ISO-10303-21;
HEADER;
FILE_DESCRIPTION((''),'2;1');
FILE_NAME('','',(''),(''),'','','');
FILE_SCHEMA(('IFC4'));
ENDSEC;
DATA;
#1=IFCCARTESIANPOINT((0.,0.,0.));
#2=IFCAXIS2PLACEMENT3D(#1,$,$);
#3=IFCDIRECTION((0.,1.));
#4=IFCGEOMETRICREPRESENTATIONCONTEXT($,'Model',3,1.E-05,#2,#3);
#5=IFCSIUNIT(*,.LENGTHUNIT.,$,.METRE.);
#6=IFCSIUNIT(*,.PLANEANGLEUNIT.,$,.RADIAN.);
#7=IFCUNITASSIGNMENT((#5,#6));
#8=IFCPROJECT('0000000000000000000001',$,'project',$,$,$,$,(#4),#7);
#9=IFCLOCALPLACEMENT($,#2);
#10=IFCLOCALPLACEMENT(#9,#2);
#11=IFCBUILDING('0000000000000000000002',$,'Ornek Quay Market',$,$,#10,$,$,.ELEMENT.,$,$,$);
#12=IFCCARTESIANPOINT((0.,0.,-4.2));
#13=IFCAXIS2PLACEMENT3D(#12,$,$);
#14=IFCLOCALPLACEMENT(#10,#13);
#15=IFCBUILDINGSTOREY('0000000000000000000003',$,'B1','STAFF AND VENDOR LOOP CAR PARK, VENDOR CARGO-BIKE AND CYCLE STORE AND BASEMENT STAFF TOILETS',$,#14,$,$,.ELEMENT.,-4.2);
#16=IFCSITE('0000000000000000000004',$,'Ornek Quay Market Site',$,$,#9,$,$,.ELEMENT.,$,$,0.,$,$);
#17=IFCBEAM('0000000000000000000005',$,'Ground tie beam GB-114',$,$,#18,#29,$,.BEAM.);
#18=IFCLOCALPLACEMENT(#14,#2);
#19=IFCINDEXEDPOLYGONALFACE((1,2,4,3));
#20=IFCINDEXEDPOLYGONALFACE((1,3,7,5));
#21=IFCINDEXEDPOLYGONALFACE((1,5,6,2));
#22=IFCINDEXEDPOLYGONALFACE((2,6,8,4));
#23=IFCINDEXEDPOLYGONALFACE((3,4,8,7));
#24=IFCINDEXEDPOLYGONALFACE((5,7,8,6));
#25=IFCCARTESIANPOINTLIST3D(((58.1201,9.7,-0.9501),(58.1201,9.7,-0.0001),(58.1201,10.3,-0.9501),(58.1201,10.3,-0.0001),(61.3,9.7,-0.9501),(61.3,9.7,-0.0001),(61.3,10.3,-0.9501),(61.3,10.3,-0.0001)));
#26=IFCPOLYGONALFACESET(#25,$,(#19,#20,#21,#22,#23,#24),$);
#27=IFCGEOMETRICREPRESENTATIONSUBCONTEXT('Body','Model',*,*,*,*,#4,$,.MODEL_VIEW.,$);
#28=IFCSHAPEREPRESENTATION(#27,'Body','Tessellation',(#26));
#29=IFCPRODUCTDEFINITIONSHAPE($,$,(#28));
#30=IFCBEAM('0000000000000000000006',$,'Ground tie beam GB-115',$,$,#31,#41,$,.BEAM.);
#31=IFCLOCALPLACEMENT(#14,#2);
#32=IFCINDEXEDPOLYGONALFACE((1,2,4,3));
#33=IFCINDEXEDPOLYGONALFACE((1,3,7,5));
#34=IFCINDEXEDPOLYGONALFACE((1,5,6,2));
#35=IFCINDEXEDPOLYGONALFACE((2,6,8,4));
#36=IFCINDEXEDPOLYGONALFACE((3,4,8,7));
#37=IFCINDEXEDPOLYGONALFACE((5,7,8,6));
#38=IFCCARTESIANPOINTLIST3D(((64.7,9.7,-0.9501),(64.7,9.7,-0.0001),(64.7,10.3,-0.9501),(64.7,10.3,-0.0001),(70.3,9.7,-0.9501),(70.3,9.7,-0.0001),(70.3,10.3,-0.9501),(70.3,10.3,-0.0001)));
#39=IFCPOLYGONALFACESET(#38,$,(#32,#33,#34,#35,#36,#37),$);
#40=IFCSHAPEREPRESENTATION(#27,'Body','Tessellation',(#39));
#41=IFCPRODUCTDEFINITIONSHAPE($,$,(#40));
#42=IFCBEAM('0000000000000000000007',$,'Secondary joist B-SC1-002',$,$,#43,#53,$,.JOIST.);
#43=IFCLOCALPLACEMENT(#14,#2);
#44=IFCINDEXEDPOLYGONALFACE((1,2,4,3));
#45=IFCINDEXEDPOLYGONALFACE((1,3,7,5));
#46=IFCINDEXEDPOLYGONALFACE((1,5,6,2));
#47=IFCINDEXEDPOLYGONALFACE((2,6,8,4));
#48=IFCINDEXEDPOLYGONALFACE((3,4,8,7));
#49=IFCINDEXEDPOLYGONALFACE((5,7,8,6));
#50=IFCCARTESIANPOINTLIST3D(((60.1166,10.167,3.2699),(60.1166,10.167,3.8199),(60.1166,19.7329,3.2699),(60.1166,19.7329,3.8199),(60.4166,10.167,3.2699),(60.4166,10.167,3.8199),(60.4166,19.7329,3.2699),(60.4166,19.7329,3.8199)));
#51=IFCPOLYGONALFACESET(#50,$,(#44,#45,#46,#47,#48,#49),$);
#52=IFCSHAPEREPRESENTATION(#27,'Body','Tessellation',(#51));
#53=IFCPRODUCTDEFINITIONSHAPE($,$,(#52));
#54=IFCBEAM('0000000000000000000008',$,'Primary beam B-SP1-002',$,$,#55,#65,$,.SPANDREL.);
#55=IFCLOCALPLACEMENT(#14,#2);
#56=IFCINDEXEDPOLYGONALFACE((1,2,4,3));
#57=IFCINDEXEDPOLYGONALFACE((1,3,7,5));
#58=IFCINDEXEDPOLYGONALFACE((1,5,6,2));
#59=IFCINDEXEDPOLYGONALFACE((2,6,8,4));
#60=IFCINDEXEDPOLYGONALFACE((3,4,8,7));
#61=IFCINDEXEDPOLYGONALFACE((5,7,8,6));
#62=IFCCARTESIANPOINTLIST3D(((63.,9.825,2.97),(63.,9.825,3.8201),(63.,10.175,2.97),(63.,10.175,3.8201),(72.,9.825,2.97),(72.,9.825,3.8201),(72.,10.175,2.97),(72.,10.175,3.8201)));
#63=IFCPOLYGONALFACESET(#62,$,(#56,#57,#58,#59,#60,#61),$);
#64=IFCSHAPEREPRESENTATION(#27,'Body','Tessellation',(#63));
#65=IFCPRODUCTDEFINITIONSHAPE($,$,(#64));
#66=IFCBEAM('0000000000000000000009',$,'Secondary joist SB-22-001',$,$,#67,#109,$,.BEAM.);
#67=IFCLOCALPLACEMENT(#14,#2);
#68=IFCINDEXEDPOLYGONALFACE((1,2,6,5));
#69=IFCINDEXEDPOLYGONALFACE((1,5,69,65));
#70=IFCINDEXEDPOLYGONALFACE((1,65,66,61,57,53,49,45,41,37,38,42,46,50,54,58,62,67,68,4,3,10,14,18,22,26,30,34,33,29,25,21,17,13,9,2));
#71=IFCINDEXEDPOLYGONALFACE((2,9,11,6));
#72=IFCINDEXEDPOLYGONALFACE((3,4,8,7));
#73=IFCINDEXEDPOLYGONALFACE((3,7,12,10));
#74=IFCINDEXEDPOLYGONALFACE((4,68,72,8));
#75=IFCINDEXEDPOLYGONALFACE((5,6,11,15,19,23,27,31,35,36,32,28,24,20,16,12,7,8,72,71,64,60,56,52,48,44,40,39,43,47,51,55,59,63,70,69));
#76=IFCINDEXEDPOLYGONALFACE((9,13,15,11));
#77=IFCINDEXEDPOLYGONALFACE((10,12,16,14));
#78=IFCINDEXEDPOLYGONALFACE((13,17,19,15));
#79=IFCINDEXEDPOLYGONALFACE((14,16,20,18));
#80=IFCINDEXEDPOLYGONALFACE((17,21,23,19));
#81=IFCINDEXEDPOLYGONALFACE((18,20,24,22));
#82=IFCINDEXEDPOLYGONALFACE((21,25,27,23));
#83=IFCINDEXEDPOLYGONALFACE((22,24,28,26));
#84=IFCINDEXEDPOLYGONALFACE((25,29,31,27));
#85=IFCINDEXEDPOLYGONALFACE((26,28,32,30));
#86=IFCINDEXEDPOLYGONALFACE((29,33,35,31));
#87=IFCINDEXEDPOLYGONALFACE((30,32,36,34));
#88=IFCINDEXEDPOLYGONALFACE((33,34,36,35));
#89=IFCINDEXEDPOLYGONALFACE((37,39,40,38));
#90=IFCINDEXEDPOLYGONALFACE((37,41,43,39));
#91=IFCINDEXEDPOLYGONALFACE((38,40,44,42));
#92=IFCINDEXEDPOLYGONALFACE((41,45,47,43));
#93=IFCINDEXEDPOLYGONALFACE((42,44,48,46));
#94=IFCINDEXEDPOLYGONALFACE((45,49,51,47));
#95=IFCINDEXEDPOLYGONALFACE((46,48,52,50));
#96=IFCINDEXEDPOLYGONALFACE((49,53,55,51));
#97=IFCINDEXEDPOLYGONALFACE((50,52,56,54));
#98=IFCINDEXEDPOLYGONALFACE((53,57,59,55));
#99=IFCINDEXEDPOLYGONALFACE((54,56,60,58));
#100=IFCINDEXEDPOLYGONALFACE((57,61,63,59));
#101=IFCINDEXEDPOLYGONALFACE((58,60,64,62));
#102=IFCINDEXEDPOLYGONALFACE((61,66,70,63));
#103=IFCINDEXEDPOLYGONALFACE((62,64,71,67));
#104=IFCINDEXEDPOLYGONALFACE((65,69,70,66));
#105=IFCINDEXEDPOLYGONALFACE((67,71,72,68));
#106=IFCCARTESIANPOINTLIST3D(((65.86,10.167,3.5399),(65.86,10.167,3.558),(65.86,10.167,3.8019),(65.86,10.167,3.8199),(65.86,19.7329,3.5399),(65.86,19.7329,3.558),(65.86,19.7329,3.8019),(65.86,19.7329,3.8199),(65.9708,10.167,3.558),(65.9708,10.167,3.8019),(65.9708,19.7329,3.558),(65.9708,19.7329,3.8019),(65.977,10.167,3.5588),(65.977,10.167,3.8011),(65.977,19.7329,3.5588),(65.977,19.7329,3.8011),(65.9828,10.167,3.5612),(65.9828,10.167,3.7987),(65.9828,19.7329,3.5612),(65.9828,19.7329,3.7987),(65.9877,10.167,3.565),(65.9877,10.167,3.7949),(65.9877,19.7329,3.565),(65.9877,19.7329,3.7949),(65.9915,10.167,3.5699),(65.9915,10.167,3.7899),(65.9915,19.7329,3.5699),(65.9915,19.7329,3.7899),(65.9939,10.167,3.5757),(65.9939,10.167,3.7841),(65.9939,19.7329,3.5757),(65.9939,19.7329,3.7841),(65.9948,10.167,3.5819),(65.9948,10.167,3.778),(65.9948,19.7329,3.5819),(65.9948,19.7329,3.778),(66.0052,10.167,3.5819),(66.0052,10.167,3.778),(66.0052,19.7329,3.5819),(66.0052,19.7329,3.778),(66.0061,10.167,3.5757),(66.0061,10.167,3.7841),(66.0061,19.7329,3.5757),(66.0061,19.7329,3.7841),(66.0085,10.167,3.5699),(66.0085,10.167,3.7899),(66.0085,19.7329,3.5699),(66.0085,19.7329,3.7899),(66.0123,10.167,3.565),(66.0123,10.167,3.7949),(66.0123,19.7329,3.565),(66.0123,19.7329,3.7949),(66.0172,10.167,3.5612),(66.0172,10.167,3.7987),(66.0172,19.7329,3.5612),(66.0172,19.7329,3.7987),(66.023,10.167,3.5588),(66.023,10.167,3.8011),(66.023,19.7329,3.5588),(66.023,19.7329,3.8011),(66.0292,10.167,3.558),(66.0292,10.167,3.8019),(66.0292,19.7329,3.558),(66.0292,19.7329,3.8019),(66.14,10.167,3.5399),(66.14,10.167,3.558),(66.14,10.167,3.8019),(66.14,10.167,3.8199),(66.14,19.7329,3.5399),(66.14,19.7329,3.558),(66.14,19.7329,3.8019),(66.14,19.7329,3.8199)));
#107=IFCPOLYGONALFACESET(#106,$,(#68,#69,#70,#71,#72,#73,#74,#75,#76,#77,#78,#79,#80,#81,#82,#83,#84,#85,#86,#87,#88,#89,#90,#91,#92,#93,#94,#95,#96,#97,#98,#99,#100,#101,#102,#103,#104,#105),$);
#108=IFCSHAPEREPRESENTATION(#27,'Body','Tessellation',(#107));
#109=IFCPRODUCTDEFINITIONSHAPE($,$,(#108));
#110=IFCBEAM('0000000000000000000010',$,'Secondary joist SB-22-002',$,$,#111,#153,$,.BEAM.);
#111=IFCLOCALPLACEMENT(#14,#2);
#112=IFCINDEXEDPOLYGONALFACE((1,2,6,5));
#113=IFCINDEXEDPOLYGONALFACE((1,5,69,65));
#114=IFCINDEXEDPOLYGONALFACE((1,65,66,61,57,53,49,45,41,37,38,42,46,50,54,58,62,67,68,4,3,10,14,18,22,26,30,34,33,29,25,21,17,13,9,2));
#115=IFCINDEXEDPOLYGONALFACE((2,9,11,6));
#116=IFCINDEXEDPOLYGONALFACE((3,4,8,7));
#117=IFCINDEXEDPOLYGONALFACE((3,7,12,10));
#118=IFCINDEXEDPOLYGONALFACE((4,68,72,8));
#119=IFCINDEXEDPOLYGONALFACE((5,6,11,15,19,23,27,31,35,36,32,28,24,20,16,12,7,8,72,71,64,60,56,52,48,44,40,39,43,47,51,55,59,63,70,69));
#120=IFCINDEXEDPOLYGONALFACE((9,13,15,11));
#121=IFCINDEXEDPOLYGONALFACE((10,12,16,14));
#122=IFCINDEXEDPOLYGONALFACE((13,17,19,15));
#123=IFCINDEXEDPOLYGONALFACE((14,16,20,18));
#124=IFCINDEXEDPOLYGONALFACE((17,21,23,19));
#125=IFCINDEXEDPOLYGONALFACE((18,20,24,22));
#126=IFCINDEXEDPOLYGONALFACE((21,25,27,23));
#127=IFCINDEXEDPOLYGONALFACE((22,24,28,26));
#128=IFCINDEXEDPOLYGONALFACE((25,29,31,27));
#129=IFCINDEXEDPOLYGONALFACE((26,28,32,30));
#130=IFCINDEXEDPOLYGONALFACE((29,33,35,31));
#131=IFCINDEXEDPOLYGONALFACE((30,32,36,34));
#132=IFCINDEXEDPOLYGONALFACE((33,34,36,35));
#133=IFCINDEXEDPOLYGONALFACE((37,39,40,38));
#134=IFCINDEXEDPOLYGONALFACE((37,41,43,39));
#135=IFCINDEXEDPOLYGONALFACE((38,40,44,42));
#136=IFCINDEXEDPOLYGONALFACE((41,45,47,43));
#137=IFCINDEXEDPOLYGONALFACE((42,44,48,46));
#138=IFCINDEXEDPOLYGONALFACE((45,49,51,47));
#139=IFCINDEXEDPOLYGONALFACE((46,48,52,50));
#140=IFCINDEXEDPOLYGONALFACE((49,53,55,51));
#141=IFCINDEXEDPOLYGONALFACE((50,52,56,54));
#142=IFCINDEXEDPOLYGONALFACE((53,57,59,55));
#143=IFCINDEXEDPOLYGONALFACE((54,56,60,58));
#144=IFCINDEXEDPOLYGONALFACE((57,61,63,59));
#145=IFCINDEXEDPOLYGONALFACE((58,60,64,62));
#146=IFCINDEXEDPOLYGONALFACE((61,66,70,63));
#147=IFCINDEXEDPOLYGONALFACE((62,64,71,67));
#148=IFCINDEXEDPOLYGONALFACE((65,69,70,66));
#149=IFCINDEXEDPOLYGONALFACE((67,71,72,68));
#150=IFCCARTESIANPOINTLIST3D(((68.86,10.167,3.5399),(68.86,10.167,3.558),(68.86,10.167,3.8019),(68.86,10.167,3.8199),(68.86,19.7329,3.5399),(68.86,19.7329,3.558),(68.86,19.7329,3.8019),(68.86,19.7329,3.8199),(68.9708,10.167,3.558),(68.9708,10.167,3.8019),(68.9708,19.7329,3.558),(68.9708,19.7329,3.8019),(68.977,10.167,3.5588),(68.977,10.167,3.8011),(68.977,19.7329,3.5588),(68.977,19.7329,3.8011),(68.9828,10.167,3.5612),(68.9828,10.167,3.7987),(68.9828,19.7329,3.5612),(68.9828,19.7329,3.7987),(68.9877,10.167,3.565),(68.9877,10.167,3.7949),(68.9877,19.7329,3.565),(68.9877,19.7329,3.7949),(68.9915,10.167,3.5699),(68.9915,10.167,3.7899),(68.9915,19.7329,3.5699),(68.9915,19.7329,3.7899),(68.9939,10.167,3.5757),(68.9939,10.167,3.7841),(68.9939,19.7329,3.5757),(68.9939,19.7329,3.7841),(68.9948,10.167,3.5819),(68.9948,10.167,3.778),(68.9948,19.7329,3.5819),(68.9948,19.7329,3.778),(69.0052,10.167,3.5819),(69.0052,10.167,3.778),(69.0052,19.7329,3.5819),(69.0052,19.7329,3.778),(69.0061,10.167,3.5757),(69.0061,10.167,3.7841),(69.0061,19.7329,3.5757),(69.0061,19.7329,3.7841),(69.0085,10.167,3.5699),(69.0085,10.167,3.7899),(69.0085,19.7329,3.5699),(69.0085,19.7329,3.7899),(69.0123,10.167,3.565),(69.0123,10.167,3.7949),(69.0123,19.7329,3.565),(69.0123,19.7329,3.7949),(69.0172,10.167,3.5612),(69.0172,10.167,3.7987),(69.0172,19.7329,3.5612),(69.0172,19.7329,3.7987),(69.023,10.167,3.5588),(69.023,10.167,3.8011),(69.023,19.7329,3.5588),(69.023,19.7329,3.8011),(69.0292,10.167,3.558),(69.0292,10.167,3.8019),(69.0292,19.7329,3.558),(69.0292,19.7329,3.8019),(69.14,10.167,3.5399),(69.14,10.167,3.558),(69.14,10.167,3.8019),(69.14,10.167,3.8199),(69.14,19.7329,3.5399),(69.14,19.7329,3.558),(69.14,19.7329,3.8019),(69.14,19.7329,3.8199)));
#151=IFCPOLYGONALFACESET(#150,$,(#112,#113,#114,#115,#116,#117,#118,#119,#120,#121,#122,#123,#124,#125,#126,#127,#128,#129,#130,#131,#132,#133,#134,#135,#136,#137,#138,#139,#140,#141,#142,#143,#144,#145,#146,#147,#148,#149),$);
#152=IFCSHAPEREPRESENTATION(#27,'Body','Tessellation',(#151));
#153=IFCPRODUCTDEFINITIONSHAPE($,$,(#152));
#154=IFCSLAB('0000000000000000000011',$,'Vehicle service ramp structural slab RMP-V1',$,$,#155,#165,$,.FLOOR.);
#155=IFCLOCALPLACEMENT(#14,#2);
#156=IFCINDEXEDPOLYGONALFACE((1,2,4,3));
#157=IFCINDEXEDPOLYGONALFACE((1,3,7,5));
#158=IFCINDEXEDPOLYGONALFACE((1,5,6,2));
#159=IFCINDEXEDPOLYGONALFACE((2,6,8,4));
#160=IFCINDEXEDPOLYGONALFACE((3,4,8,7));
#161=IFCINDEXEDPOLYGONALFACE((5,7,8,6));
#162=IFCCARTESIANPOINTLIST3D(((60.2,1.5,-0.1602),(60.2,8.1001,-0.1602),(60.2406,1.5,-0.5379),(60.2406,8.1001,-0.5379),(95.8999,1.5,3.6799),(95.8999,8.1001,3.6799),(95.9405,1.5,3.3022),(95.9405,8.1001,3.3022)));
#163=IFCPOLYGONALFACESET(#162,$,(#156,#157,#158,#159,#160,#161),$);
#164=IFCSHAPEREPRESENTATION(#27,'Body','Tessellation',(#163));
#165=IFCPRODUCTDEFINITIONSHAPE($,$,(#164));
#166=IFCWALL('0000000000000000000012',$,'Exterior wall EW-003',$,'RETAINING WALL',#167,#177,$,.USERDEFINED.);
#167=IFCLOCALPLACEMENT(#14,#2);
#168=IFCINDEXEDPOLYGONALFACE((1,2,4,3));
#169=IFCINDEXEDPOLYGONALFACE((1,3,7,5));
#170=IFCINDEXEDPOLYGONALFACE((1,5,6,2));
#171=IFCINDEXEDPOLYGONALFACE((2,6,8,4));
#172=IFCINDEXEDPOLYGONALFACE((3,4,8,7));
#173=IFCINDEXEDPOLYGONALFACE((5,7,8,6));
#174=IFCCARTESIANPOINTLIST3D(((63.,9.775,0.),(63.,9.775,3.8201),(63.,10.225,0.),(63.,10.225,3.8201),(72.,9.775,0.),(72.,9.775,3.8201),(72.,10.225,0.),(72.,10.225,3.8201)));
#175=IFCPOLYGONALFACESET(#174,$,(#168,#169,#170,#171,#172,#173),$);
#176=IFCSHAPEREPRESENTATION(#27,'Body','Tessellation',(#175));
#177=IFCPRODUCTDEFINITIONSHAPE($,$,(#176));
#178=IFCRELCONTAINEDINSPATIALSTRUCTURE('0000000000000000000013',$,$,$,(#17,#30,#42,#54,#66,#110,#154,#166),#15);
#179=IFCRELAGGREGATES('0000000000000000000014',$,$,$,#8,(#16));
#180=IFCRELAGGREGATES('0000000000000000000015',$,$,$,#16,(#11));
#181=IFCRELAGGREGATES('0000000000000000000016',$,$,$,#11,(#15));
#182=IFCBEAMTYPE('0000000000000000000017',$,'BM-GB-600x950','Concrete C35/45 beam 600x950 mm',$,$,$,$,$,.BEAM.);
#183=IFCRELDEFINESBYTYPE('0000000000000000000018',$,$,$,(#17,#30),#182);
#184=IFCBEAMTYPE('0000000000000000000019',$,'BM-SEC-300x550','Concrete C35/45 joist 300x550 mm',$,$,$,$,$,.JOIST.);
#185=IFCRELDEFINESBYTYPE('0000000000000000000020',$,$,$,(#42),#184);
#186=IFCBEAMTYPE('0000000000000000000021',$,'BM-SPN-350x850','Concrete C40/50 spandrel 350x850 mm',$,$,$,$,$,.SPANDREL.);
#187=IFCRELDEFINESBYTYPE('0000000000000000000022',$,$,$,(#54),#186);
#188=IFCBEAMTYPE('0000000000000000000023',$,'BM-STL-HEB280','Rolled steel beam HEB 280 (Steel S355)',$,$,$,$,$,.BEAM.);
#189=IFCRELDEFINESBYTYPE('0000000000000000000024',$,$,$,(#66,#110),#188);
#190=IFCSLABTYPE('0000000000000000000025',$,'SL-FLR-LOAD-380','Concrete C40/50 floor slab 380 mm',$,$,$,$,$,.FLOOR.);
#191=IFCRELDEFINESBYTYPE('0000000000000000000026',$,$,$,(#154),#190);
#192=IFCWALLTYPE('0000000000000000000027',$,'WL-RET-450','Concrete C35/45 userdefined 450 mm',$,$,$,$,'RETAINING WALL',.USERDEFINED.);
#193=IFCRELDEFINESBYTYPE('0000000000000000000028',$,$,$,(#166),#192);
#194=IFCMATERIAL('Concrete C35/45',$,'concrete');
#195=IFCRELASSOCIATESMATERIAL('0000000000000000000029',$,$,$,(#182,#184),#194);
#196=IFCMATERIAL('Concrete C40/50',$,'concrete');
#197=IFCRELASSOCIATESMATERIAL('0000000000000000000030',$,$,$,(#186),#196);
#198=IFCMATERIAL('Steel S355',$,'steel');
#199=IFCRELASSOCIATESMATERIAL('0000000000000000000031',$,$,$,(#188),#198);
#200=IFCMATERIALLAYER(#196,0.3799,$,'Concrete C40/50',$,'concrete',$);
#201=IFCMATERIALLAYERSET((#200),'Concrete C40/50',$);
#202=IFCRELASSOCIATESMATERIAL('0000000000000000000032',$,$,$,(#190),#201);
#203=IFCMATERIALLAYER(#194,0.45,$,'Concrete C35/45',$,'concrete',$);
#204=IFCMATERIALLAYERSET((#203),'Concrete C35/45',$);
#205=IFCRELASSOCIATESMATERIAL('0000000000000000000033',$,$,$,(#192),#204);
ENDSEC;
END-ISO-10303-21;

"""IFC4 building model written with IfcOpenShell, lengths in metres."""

from ifc_helpers import new_model, si_unit, direction, frame, frame_2d, origin, origin_2d, place, context, subcontext, project, spatial, polyline, rectangle, i_section, outline, extrude, material, layer, layer_set, material_profile, profile_set, type_object, element, save


model = new_model("IFC4")

# Units and contexts
model_context = context("Model", 3, precision=1e-05, world=origin(), true_north=direction((0.0, 1.0)))
body_context = subcontext(model_context, "Body", "Model", "MODEL_VIEW")
ifc_project = project(units=[si_unit("LENGTHUNIT", "METRE"), si_unit("PLANEANGLEUNIT", "RADIAN")], contexts=[model_context])

# Site, building, storey
site_placement = place(None, origin())
site = spatial("IfcSite", under=ifc_project, at=site_placement, Name="Ornek Quay Market Site", CompositionType="ELEMENT", RefElevation=0.0)
building_placement = place(site_placement, origin())
building = spatial("IfcBuilding", under=site, at=building_placement, Name="Ornek Quay Market", CompositionType="ELEMENT")
storey_placement = place(building_placement, frame((0.0, 0.0, -4.2)))
storey = spatial("IfcBuildingStorey", under=building, at=storey_placement, Name="B1", Description="STAFF AND VENDOR LOOP CAR PARK, VENDOR CARGO-BIKE AND CYCLE STORE AND BASEMENT STAFF TOILETS", CompositionType="ELEMENT", Elevation=-4.2)

# Shared definitions
ifc_material_1 = material(Name="Concrete C35/45", Category="concrete")

# Shared definitions
ifc_material_2 = material(Name="Concrete C40/50", Category="concrete")

# Beams
ifc_material_profile_1 = material_profile(ifc_material_1, rectangle(XDim=0.6001, YDim=0.95, at=origin_2d()), Name="RC 600x950", Category="concrete")
ifc_profile_set_1 = profile_set([ifc_material_profile_1], Name="Concrete C35/45")
beam_type_1 = type_object("IfcBeamType", Name="BM-GB-600x950", Description="Concrete C35/45 beam 600x950 mm", PredefinedType="BEAM", material=ifc_profile_set_1)
beam_1_placement = place(storey_placement, frame((58.1201, 10.0, -0.4751), z_axis=(1.0, 0.0, 0.0), x_axis=(0.0, 1.0, 0.0)))
element("IfcBeam", 1, at=beam_1_placement, inside=storey, type_object=beam_type_1, Name="Ground tie beam GB-114", PredefinedType="BEAM", context=body_context, shape_type="SweptSolid", body=[
    extrude(rectangle(XDim=0.6001, YDim=0.95, at=origin_2d()), origin(), (0.0, 0.0, 1.0), 3.1799),
])
beam_2_placement = place(storey_placement, frame((64.7, 10.0, -0.4751), z_axis=(1.0, 0.0, 0.0), x_axis=(0.0, 1.0, 0.0)))
element("IfcBeam", 2, at=beam_2_placement, inside=storey, type_object=beam_type_1, Name="Ground tie beam GB-115", PredefinedType="BEAM", context=body_context, shape_type="SweptSolid", body=[
    extrude(rectangle(XDim=0.6001, YDim=0.95, at=origin_2d()), origin(), (0.0, 0.0, 1.0), 5.6001),
])
ifc_material_profile_2 = material_profile(ifc_material_1, rectangle(XDim=0.3, YDim=0.55, at=origin_2d()), Name="RC 300x550", Category="concrete")
ifc_profile_set_2 = profile_set([ifc_material_profile_2], Name="Concrete C35/45")
beam_type_2 = type_object("IfcBeamType", Name="BM-SEC-300x550", Description="Concrete C35/45 joist 300x550 mm", PredefinedType="JOIST", material=ifc_profile_set_2)
beam_3_placement = place(storey_placement, frame((60.2666, 10.167, 3.5449), z_axis=(0.0, 1.0, 0.0), x_axis=(-1.0, 0.0, 0.0)))
element("IfcBeam", 3, at=beam_3_placement, inside=storey, type_object=beam_type_2, Name="Secondary joist B-SC1-002", PredefinedType="JOIST", context=body_context, shape_type="SweptSolid", body=[
    extrude(rectangle(XDim=0.3, YDim=0.55, at=origin_2d()), origin(), (0.0, 0.0, 1.0), 9.5659),
])
ifc_material_profile_3 = material_profile(ifc_material_2, rectangle(XDim=0.3501, YDim=0.8501, at=origin_2d()), Name="RC 350x850", Category="concrete")
ifc_profile_set_3 = profile_set([ifc_material_profile_3], Name="Concrete C40/50")
beam_type_3 = type_object("IfcBeamType", Name="BM-SPN-350x850", Description="Concrete C40/50 spandrel 350x850 mm", PredefinedType="SPANDREL", material=ifc_profile_set_3)
beam_4_placement = place(storey_placement, frame((63.0, 10.0, 3.395), z_axis=(1.0, 0.0, 0.0), x_axis=(0.0, 1.0, 0.0)))
element("IfcBeam", 4, at=beam_4_placement, inside=storey, type_object=beam_type_3, Name="Primary beam B-SP1-002", PredefinedType="SPANDREL", context=body_context, shape_type="SweptSolid", body=[
    extrude(rectangle(XDim=0.3501, YDim=0.8501, at=origin_2d()), origin(), (0.0, 0.0, 1.0), 9.0),
])
ifc_material_3 = material(Name="Steel S355", Category="steel")
ifc_material_profile_4 = material_profile(ifc_material_3, i_section(OverallWidth=0.28, OverallDepth=0.28, WebThickness=0.0105, FlangeThickness=0.0181, FilletRadius=0.0239, at=origin_2d()), Name="HEB 280", Category="steel")
ifc_profile_set_4 = profile_set([ifc_material_profile_4], Name="Steel S355")
beam_type_4 = type_object("IfcBeamType", Name="BM-STL-HEB280", Description="Rolled steel beam HEB 280 (Steel S355)", PredefinedType="BEAM", material=ifc_profile_set_4)
for number, where, z_axis, x_axis, name in (
    (5, (66.0, 10.167, 3.6799), (0.0, 1.0, 0.0), (-1.0, 0.0, 0.0), "Secondary joist SB-22-001"),
    (6, (69.0, 10.167, 3.6799), (0.0, 1.0, 0.0), (-1.0, 0.0, 0.0), "Secondary joist SB-22-002"),
):
    element("IfcBeam", number, at=place(storey_placement, frame(where, z_axis=z_axis, x_axis=x_axis)), inside=storey, type_object=beam_type_4, Name=name, PredefinedType="BEAM", context=body_context, shape_type="SweptSolid", body=[
        extrude(i_section(OverallWidth=0.28, OverallDepth=0.28, WebThickness=0.0105, FlangeThickness=0.0181, FilletRadius=0.0239, at=origin_2d()), origin(), (0.0, 0.0, 1.0), 9.5659),
    ])

# Slab
ifc_layer_1 = layer(ifc_material_2, 0.3799, Name="Concrete C40/50", Category="concrete")
ifc_layer_set_1 = layer_set([ifc_layer_1], Name="Concrete C40/50")
slab_type = type_object("IfcSlabType", Name="SL-FLR-LOAD-380", Description="Concrete C40/50 floor slab 380 mm", PredefinedType="FLOOR", material=ifc_layer_set_1)
slab_placement = place(storey_placement, frame((60.2, 1.5, -0.1602), z_axis=(-0.106949, 0.0, 0.994265), x_axis=(0.994265, 0.0, 0.106949)))
element("IfcSlab", 7, at=slab_placement, inside=storey, type_object=slab_type, Name="Vehicle service ramp structural slab RMP-V1", PredefinedType="FLOOR", context=body_context, shape_type="SweptSolid", body=[
    extrude(outline(polyline([(0.0, 0.0), (35.9059, 0.0), (35.9059, 6.6001), (0.0, 6.6001), (0.0, 0.0)])), origin(), (0.0, 0.0, -1.0), 0.3799),
])

# Wall
ifc_layer_2 = layer(ifc_material_1, 0.45, Name="Concrete C35/45", Category="concrete")
ifc_layer_set_2 = layer_set([ifc_layer_2], Name="Concrete C35/45")
wall_type_1 = type_object("IfcWallType", Name="WL-RET-450", Description="Concrete C35/45 userdefined 450 mm", ElementType="RETAINING WALL", PredefinedType="USERDEFINED", material=ifc_layer_set_2)
wall_1_placement = place(storey_placement, frame((63.0, 10.0, 0.0), z_axis=(0.0, 0.0, 1.0), x_axis=(1.0, 0.0, 0.0)))
element("IfcWall", 8, at=wall_1_placement, inside=storey, type_object=wall_type_1, Name="Exterior wall EW-003", ObjectType="RETAINING WALL", PredefinedType="USERDEFINED", context=body_context, shape_type="SweptSolid", body=[
    extrude(rectangle(XDim=9.0, YDim=0.45, at=frame_2d((4.5, 0.0))), origin(), (0.0, 0.0, 1.0), 3.8201),
])

save(model, "model.ifc")
